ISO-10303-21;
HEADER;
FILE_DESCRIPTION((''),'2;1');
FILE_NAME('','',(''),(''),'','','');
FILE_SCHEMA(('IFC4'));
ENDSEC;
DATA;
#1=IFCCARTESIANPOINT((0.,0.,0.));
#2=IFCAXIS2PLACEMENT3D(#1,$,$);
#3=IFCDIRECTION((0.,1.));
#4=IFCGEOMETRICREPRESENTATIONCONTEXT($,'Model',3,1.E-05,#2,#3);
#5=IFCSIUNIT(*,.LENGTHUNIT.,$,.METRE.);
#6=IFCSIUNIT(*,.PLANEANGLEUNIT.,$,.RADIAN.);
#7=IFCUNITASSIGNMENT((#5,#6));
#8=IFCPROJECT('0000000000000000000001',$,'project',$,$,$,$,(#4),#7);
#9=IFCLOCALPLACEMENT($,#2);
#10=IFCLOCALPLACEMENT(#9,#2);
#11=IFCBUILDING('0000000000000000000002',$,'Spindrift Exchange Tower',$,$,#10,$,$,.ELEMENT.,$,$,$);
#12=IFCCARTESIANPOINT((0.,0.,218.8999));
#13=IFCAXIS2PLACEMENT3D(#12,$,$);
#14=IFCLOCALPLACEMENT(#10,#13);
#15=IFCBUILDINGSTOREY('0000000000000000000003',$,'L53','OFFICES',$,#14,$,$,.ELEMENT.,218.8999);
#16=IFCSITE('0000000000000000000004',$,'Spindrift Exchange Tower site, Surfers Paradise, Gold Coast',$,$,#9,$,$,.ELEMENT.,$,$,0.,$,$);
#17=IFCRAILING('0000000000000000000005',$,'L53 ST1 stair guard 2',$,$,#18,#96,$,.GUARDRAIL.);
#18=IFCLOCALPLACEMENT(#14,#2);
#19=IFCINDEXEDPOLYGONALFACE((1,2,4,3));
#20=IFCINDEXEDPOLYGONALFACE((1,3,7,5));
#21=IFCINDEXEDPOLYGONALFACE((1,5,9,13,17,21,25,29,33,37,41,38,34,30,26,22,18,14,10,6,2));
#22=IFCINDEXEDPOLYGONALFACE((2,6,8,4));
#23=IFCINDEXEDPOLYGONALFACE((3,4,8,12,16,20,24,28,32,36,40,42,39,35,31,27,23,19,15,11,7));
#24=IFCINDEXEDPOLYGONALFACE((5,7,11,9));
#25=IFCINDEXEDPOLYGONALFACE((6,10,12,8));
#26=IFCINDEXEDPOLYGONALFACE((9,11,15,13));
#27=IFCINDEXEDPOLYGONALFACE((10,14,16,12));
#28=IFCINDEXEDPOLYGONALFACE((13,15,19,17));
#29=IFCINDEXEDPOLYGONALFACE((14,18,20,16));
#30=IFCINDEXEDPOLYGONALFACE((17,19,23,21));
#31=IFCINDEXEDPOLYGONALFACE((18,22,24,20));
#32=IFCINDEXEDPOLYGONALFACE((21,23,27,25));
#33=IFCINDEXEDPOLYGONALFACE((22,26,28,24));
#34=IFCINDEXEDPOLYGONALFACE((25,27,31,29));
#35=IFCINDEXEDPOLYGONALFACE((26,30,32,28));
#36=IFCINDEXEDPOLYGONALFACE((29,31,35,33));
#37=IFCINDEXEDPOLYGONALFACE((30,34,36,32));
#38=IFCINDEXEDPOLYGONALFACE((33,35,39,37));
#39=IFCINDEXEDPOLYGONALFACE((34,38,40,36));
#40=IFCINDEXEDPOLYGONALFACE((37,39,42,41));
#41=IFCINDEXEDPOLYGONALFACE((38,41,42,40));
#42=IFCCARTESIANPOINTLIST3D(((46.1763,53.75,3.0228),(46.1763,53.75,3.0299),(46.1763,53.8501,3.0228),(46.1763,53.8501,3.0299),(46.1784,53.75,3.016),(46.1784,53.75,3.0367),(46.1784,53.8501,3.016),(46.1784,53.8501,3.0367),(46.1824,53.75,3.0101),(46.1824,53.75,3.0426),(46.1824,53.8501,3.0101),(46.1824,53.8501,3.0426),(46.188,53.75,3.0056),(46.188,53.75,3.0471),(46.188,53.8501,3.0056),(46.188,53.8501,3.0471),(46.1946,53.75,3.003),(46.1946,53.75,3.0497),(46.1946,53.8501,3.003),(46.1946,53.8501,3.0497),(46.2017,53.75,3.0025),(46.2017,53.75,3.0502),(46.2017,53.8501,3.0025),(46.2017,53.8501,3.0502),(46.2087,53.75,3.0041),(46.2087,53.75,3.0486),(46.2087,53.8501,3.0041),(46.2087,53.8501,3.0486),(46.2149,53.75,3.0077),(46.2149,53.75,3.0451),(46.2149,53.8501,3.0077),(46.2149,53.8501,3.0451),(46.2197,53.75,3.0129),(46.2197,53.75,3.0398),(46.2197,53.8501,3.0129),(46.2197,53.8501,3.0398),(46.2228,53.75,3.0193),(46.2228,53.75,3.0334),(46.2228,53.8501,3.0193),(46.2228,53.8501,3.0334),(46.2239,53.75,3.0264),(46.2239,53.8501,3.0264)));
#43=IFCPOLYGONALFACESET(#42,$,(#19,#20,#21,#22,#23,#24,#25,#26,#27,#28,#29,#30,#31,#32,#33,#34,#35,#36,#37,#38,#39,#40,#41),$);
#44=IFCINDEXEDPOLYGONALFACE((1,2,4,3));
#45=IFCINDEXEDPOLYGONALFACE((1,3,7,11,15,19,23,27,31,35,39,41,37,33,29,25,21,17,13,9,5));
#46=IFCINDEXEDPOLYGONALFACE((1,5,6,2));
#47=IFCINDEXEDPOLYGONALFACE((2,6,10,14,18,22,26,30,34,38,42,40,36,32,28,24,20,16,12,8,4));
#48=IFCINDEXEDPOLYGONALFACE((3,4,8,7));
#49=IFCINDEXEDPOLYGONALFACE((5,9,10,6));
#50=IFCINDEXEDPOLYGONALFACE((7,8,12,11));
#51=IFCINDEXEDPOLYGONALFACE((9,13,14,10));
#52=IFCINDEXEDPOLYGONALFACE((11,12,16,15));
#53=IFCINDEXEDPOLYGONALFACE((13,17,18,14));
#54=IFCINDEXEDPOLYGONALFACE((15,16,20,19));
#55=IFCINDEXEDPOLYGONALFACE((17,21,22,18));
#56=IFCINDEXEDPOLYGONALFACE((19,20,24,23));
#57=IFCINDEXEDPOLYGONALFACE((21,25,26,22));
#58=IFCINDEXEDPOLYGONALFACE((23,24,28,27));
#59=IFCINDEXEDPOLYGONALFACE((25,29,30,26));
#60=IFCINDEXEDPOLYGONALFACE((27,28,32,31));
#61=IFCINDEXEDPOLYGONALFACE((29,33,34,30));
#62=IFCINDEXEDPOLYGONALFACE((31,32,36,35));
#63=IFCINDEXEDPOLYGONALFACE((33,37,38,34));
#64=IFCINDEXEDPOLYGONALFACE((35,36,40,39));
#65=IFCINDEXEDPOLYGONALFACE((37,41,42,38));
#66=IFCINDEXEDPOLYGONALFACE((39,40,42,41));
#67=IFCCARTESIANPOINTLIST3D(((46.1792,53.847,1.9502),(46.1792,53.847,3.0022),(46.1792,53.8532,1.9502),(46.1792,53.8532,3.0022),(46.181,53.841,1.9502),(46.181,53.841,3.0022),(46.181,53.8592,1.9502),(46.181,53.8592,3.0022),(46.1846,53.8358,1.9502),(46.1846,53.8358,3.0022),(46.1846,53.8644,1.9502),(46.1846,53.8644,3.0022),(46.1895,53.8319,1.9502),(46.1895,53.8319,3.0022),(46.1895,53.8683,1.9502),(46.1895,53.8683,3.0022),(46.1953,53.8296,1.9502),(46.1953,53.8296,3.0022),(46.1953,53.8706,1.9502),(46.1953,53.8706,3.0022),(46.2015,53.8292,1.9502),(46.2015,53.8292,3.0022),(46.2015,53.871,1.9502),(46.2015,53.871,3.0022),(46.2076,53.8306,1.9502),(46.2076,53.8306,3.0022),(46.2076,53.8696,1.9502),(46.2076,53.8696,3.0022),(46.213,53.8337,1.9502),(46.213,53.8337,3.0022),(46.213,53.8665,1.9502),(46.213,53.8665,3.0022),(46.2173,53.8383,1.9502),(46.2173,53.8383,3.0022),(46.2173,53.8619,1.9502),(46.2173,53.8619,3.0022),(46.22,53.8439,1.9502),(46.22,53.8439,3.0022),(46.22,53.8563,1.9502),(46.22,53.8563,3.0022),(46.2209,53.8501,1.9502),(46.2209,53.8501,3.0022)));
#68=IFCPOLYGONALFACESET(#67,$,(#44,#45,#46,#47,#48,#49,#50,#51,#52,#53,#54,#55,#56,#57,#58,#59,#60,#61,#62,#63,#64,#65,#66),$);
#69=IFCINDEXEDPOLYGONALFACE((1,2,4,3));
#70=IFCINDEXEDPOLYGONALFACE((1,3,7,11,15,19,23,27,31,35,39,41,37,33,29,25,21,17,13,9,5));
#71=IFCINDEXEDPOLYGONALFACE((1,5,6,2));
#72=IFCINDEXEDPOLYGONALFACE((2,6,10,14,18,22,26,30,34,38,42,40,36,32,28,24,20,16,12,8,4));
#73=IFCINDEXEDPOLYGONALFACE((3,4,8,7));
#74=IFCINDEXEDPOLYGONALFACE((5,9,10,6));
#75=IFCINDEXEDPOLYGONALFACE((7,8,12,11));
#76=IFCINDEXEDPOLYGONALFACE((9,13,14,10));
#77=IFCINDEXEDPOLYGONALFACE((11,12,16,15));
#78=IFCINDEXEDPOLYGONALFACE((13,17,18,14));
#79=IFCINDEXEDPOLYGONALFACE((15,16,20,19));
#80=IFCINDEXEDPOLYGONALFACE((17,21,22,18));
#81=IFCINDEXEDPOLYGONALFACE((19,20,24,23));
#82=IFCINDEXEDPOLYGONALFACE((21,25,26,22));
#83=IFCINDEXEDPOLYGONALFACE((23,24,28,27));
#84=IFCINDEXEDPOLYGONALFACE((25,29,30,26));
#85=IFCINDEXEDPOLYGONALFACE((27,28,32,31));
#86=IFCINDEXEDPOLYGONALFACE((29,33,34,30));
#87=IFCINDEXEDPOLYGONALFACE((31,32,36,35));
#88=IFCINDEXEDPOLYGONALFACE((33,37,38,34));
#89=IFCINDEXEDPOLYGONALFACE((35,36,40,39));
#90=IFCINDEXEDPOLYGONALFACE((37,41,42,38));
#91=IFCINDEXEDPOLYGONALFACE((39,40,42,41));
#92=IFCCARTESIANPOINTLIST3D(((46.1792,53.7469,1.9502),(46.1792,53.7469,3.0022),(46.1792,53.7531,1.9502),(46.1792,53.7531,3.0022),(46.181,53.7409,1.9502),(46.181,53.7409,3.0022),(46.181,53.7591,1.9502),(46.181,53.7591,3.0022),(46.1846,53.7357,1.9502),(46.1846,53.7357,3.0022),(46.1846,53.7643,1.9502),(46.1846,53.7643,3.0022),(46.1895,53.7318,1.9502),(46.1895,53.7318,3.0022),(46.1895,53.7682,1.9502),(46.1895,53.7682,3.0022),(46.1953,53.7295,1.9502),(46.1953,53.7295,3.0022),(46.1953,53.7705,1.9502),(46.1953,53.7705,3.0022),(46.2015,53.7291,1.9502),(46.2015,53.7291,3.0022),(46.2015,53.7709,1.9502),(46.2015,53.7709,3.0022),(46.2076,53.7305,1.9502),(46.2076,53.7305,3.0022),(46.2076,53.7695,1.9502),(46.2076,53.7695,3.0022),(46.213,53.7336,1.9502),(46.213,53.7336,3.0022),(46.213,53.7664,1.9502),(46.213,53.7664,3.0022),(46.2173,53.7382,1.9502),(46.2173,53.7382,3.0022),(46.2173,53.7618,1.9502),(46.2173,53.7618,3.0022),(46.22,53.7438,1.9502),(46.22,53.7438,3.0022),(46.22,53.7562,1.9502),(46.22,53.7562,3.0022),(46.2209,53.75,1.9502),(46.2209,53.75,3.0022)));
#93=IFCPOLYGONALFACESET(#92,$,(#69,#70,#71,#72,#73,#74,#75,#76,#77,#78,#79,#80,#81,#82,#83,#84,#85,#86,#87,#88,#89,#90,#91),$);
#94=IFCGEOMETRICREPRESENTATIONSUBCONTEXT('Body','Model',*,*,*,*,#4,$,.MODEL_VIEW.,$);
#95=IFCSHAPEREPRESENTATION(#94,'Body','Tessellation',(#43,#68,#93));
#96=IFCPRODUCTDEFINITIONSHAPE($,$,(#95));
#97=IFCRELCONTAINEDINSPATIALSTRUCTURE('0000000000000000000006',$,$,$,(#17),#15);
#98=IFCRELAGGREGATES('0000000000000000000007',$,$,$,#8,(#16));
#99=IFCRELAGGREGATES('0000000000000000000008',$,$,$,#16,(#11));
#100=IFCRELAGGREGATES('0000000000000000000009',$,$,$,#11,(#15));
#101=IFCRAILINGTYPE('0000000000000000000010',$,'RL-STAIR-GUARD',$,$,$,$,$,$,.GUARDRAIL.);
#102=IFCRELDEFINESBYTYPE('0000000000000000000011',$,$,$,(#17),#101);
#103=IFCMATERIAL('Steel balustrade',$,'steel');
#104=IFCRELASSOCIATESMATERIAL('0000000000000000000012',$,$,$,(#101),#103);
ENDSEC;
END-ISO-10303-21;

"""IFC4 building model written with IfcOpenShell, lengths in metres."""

from ifc_helpers import new_model, si_unit, direction, frame, origin, origin_2d, place, context, subcontext, project, spatial, circle, extrude, material, type_object, element, save


model = new_model("IFC4")

# Units and contexts
model_context = context("Model", 3, precision=1e-05, world=origin(), true_north=direction((0.0, 1.0)))
body_context = subcontext(model_context, "Body", "Model", "MODEL_VIEW")
ifc_project = project(units=[si_unit("LENGTHUNIT", "METRE"), si_unit("PLANEANGLEUNIT", "RADIAN")], contexts=[model_context])

# Site, building, storey
site_placement = place(None, origin())
site = spatial("IfcSite", under=ifc_project, at=site_placement, Name="Spindrift Exchange Tower site, Surfers Paradise, Gold Coast", CompositionType="ELEMENT", RefElevation=0.0)
building_placement = place(site_placement, origin())
building = spatial("IfcBuilding", under=site, at=building_placement, Name="Spindrift Exchange Tower", CompositionType="ELEMENT")
storey_placement = place(building_placement, frame((0.0, 0.0, 218.8999)))
storey = spatial("IfcBuildingStorey", under=building, at=storey_placement, Name="L53", Description="OFFICES", CompositionType="ELEMENT", Elevation=218.8999)

# Railing
ifc_material_1 = material(Name="Steel balustrade", Category="steel")
railing_type_1 = type_object("IfcRailingType", Name="RL-STAIR-GUARD", PredefinedType="GUARDRAIL", material=ifc_material_1)
railing_1_placement = place(storey_placement, frame((46.2, 53.8501, 1.9502)))
element("IfcRailing", 1, at=railing_1_placement, inside=storey, type_object=railing_type_1, Name="L53 ST1 stair guard 2", PredefinedType="GUARDRAIL", context=body_context, shape_type="SweptSolid", body=[
    extrude(circle(Radius=0.0239, at=origin_2d()), frame((0.0, 0.0, 1.0762), z_axis=(0.0, -1.0, 0.0), x_axis=(1.0, 0.0, 0.0)), (0.0, 0.0, 1.0), 0.1001),
    extrude(circle(Radius=0.021, at=origin_2d()), origin(), (0.0, 0.0, 1.0), 1.052),
    extrude(circle(Radius=0.021, at=origin_2d()), frame((0.0, -0.1001, 0.0)), (0.0, 0.0, 1.0), 1.052),
])

save(model, "model.ifc")
